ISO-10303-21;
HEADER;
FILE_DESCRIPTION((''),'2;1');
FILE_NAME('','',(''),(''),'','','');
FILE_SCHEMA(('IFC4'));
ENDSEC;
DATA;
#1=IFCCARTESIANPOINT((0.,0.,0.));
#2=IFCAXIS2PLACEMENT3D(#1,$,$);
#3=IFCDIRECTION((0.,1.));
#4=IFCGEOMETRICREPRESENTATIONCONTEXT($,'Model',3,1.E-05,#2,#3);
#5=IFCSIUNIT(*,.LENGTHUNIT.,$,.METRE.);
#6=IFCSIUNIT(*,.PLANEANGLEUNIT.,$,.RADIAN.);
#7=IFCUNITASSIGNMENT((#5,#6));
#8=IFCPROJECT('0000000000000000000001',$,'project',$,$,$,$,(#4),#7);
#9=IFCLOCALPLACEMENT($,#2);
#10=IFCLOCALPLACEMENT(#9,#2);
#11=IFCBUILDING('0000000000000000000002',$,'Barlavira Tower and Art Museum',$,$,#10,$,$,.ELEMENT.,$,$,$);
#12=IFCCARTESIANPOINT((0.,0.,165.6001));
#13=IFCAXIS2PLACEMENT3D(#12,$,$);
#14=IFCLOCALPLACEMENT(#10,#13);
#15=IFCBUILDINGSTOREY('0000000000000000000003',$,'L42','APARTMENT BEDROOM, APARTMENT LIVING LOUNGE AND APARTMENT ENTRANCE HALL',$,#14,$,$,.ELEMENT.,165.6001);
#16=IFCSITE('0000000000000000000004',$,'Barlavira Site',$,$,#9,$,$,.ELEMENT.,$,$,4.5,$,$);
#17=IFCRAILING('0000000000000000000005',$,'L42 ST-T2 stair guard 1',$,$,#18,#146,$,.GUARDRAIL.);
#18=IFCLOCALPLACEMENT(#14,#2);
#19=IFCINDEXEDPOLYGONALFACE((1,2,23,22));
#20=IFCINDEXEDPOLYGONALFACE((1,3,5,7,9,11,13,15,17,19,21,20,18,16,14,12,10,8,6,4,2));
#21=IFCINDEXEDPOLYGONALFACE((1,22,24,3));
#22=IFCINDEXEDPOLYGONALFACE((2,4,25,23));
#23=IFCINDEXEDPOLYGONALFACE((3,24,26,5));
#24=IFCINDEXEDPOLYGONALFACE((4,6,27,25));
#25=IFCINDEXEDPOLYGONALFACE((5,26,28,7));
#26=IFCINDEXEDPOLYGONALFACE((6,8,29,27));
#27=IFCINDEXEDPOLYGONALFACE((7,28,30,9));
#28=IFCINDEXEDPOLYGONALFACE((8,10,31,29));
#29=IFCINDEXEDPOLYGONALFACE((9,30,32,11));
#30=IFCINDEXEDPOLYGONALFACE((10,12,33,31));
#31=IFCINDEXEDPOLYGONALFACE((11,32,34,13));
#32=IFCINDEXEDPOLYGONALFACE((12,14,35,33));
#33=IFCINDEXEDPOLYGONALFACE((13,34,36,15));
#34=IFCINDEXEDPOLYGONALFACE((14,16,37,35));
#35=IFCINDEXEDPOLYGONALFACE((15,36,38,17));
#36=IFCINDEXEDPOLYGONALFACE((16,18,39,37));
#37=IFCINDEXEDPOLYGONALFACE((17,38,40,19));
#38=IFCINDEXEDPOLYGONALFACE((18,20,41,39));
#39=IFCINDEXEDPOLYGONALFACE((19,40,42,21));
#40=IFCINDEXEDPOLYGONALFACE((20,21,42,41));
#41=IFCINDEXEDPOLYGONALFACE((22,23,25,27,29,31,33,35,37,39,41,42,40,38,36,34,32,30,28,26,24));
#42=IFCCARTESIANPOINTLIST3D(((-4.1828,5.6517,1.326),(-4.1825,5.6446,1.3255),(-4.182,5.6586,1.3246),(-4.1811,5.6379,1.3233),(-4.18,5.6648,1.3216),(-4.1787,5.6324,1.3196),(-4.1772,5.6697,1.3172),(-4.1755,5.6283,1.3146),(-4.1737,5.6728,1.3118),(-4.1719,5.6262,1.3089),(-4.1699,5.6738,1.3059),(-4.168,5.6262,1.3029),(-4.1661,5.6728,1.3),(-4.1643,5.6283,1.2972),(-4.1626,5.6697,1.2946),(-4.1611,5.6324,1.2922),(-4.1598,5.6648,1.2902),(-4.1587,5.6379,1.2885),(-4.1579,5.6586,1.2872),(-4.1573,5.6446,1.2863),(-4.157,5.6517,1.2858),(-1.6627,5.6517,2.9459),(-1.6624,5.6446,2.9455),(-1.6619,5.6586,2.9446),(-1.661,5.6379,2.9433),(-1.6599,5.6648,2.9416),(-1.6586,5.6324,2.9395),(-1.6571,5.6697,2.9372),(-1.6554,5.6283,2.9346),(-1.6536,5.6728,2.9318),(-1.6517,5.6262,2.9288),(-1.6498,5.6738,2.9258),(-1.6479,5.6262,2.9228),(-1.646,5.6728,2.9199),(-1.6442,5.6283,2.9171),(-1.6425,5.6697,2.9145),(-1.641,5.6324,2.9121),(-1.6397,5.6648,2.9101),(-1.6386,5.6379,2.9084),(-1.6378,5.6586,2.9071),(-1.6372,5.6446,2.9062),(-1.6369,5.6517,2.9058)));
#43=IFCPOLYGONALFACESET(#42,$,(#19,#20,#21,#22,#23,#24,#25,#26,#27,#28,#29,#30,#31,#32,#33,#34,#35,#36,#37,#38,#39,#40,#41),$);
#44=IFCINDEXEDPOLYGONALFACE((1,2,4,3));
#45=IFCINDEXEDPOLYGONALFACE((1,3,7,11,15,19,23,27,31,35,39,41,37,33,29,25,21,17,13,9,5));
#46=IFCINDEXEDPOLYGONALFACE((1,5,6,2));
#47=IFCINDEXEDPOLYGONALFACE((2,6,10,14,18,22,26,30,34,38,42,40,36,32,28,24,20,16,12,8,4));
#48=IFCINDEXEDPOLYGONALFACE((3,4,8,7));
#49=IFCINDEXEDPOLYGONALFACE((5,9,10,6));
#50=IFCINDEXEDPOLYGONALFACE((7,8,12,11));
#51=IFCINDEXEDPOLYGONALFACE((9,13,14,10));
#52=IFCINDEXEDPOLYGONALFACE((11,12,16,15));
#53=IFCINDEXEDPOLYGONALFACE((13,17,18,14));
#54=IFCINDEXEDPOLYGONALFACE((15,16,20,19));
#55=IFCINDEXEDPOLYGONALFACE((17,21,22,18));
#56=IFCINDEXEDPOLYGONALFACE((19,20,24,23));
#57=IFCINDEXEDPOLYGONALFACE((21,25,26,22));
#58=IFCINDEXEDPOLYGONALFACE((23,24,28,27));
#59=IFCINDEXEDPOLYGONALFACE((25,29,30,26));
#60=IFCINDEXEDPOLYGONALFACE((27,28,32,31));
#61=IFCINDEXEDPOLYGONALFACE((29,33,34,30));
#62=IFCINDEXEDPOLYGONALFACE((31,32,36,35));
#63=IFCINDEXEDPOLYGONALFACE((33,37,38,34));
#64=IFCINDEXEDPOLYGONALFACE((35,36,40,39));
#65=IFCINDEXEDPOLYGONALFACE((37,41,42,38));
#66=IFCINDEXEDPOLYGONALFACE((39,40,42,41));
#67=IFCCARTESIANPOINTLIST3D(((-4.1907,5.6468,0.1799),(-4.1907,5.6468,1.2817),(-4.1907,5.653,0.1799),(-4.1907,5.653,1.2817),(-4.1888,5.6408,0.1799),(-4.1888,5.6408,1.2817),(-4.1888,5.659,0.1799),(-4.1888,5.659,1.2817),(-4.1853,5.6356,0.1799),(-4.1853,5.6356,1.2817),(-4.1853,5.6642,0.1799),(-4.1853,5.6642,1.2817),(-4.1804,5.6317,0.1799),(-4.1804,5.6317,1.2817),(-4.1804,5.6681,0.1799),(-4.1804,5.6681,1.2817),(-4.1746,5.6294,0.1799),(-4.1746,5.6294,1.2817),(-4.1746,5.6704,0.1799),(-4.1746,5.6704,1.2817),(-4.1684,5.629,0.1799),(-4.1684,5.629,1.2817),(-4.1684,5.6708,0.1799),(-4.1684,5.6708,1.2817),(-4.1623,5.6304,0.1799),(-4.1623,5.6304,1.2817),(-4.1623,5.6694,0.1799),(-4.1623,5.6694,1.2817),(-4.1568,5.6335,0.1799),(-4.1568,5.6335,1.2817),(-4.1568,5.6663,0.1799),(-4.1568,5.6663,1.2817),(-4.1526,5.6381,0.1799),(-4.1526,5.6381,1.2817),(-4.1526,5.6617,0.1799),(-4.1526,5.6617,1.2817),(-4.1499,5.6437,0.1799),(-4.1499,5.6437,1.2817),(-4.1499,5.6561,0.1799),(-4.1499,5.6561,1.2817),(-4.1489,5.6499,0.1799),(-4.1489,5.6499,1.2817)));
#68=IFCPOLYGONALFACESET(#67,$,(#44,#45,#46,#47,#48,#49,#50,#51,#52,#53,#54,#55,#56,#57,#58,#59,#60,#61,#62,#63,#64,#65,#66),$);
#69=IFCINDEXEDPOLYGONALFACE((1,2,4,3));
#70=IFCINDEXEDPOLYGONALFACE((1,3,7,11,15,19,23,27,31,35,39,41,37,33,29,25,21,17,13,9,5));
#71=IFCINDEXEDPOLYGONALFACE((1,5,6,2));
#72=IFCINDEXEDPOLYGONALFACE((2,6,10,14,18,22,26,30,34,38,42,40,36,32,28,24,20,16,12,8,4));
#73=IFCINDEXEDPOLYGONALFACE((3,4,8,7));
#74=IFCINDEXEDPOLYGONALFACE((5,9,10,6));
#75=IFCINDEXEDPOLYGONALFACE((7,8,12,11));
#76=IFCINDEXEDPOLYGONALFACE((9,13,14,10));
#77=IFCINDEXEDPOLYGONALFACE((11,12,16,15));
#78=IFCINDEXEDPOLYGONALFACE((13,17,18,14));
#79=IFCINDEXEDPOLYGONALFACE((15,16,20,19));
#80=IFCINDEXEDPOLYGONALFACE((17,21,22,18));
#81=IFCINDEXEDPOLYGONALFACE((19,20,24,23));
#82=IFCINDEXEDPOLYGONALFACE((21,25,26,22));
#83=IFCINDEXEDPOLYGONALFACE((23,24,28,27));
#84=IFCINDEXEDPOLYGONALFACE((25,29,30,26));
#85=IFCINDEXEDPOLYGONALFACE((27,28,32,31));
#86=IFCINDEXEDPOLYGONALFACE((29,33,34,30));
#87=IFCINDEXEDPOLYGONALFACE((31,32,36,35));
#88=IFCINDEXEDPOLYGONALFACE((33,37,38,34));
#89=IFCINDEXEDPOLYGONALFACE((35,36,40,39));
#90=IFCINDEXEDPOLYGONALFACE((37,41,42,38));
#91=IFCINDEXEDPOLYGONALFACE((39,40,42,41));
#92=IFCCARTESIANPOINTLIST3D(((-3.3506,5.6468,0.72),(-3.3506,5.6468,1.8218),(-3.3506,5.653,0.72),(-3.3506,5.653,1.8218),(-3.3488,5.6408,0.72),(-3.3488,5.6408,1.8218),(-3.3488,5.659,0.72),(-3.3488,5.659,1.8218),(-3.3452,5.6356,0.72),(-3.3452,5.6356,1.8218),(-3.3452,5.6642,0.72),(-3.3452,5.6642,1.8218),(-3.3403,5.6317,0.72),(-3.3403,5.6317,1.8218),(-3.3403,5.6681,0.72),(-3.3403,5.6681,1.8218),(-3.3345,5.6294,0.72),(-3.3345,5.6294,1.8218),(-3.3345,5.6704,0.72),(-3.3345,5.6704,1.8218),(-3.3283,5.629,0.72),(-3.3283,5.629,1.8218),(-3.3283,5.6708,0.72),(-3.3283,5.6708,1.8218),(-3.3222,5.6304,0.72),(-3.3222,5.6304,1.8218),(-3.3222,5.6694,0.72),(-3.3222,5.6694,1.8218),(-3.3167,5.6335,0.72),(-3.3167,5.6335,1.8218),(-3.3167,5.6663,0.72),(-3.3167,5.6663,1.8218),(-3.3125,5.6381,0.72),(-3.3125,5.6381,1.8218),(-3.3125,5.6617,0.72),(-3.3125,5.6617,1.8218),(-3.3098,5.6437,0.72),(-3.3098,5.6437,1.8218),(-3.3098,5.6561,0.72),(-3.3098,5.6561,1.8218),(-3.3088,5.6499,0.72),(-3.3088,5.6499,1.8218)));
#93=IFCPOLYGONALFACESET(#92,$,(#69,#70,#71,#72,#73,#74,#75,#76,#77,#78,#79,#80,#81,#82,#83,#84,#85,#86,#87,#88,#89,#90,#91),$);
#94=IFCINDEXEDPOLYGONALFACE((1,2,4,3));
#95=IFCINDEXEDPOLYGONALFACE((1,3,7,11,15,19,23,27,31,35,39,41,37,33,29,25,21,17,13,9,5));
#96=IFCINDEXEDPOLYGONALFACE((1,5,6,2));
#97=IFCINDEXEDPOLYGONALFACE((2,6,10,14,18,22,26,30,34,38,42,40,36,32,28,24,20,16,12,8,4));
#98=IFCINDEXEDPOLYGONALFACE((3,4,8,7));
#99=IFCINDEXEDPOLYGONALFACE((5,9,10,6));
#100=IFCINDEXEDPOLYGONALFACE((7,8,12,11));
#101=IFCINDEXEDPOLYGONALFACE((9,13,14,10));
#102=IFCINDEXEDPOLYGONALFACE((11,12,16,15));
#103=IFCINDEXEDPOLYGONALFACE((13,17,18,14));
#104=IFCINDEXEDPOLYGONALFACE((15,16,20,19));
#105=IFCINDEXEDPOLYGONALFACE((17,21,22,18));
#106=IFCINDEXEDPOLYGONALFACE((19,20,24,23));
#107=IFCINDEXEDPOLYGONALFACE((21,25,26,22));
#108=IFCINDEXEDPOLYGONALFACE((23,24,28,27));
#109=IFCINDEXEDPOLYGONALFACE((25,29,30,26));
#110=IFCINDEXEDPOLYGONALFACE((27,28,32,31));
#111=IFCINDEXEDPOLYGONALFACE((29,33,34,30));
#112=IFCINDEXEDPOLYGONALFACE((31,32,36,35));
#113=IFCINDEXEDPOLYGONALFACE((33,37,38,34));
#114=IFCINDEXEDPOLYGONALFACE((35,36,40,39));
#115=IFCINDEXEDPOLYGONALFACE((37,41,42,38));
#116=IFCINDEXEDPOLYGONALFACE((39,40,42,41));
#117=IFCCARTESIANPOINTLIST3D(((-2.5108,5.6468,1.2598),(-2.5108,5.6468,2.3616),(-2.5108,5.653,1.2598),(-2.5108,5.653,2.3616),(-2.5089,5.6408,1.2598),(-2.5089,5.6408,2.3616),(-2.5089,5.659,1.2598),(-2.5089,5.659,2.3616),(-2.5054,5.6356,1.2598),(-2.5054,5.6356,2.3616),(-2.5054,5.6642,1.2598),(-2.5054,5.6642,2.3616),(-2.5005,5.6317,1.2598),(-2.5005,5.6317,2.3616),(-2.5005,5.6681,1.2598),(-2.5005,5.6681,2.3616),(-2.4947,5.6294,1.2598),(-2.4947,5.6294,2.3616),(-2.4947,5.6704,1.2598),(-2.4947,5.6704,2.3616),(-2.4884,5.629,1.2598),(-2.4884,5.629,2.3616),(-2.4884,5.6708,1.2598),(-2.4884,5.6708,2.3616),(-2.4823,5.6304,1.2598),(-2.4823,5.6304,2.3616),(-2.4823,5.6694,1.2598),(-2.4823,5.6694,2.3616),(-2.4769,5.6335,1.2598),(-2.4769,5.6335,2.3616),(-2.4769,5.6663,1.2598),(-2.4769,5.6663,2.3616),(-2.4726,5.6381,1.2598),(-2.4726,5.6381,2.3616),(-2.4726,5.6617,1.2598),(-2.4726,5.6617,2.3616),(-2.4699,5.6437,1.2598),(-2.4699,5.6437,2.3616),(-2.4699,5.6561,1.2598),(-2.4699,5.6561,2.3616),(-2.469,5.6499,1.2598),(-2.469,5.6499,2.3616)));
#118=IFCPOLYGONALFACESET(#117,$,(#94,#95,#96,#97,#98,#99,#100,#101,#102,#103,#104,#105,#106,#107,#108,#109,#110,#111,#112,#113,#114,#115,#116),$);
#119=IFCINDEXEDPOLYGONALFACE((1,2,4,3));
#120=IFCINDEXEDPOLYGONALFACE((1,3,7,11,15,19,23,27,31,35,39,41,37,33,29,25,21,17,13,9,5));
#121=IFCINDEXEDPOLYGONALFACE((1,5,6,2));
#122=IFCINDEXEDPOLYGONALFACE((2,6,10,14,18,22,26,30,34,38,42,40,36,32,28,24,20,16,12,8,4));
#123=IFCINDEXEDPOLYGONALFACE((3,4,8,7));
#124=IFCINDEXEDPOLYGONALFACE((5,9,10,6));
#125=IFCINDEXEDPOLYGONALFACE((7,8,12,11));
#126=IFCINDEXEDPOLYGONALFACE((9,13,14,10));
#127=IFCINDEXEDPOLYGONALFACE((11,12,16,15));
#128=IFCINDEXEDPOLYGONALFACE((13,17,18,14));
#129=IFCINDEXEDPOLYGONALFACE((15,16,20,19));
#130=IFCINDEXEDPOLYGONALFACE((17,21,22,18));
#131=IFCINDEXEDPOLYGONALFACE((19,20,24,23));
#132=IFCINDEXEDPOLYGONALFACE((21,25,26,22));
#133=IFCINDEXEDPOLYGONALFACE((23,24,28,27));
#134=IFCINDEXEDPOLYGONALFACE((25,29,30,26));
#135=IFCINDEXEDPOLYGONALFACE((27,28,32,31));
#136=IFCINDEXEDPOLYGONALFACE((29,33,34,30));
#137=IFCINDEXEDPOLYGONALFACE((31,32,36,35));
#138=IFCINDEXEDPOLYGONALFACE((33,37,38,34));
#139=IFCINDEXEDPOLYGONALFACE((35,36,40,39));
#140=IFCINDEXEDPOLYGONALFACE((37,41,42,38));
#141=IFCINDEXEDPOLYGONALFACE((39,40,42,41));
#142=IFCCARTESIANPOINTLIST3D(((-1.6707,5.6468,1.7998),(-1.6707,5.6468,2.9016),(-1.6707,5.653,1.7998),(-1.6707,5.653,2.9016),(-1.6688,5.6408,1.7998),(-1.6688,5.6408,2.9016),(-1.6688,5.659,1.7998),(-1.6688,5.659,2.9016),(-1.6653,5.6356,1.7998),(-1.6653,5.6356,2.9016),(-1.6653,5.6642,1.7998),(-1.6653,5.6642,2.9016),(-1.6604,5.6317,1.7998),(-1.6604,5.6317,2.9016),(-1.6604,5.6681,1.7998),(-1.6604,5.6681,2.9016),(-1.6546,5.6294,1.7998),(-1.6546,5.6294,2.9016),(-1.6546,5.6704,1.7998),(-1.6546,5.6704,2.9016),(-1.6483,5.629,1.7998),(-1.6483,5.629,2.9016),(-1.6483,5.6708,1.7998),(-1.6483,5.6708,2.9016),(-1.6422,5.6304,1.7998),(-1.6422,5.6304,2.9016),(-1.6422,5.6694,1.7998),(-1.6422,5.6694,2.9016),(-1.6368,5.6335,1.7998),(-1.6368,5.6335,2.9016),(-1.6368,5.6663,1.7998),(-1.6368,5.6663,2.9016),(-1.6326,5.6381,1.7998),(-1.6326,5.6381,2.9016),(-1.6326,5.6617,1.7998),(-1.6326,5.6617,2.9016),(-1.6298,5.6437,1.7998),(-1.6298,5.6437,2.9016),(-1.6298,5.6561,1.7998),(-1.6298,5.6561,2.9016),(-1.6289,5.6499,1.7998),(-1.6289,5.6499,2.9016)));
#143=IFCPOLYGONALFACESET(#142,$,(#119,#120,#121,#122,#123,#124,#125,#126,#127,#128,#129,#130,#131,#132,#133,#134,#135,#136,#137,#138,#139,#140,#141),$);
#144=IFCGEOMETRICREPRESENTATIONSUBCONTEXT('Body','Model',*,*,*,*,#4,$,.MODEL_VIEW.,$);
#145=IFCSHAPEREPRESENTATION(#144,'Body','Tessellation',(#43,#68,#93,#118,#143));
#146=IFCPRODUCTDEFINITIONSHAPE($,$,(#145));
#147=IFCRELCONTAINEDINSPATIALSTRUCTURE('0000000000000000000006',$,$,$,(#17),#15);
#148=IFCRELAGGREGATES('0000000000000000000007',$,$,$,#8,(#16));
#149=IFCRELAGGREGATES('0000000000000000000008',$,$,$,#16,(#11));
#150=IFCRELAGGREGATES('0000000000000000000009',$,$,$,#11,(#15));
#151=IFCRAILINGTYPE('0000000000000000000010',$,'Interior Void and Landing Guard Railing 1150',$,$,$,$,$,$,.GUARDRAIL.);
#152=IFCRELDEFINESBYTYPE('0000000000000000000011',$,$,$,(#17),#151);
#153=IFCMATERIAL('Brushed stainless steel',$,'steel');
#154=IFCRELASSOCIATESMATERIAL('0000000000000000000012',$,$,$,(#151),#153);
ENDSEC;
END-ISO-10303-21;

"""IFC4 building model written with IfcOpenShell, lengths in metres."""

from ifc_helpers import new_model, si_unit, direction, frame, origin, origin_2d, place, context, subcontext, project, spatial, circle, extrude, material, type_object, element, save


model = new_model("IFC4")

# Units and contexts
model_context = context("Model", 3, precision=1e-05, world=origin(), true_north=direction((0.0, 1.0)))
body_context = subcontext(model_context, "Body", "Model", "MODEL_VIEW")
ifc_project = project(units=[si_unit("LENGTHUNIT", "METRE"), si_unit("PLANEANGLEUNIT", "RADIAN")], contexts=[model_context])

# Site, building, storey
site_placement = place(None, origin())
site = spatial("IfcSite", under=ifc_project, at=site_placement, Name="Barlavira Site", CompositionType="ELEMENT", RefElevation=4.5)
building_placement = place(site_placement, origin())
building = spatial("IfcBuilding", under=site, at=building_placement, Name="Barlavira Tower and Art Museum", CompositionType="ELEMENT")
storey_placement = place(building_placement, frame((0.0, 0.0, 165.6001)))
storey = spatial("IfcBuildingStorey", under=building, at=storey_placement, Name="L42", Description="APARTMENT BEDROOM, APARTMENT LIVING LOUNGE AND APARTMENT ENTRANCE HALL", CompositionType="ELEMENT", Elevation=165.6001)

# Shared definitions
ifc_material_1 = material(Name="Brushed stainless steel", Category="steel")

# Railing
railing_type_1 = type_object("IfcRailingType", Name="Interior Void and Landing Guard Railing 1150", PredefinedType="GUARDRAIL", material=ifc_material_1)
railing_1_placement = place(storey_placement, frame((-4.1699, 5.6499, 0.1799)))
element("IfcRailing", 1, at=railing_1_placement, inside=storey, type_object=railing_type_1, Name="L42 ST-T2 stair guard 1", PredefinedType="GUARDRAIL", context=body_context, shape_type="SweptSolid", body=[
    extrude(circle(Radius=0.0239, at=origin_2d()), frame((0.0, 0.0, 1.126), z_axis=(0.8412, 0.0, 0.540725), x_axis=(0.0, 1.0, 0.0)), (0.0, 0.0, 1.0), 2.9958),
    extrude(circle(Radius=0.021, at=origin_2d()), origin(), (0.0, 0.0, 1.0), 1.1018),
    extrude(circle(Radius=0.021, at=origin_2d()), frame((0.8401, 0.0, 0.54)), (0.0, 0.0, 1.0), 1.1018),
    extrude(circle(Radius=0.021, at=origin_2d()), frame((1.6799, 0.0, 1.0798)), (0.0, 0.0, 1.0), 1.1018),
    extrude(circle(Radius=0.021, at=origin_2d()), frame((2.52, 0.0, 1.6199)), (0.0, 0.0, 1.0), 1.1018),
])

save(model, "model.ifc")
